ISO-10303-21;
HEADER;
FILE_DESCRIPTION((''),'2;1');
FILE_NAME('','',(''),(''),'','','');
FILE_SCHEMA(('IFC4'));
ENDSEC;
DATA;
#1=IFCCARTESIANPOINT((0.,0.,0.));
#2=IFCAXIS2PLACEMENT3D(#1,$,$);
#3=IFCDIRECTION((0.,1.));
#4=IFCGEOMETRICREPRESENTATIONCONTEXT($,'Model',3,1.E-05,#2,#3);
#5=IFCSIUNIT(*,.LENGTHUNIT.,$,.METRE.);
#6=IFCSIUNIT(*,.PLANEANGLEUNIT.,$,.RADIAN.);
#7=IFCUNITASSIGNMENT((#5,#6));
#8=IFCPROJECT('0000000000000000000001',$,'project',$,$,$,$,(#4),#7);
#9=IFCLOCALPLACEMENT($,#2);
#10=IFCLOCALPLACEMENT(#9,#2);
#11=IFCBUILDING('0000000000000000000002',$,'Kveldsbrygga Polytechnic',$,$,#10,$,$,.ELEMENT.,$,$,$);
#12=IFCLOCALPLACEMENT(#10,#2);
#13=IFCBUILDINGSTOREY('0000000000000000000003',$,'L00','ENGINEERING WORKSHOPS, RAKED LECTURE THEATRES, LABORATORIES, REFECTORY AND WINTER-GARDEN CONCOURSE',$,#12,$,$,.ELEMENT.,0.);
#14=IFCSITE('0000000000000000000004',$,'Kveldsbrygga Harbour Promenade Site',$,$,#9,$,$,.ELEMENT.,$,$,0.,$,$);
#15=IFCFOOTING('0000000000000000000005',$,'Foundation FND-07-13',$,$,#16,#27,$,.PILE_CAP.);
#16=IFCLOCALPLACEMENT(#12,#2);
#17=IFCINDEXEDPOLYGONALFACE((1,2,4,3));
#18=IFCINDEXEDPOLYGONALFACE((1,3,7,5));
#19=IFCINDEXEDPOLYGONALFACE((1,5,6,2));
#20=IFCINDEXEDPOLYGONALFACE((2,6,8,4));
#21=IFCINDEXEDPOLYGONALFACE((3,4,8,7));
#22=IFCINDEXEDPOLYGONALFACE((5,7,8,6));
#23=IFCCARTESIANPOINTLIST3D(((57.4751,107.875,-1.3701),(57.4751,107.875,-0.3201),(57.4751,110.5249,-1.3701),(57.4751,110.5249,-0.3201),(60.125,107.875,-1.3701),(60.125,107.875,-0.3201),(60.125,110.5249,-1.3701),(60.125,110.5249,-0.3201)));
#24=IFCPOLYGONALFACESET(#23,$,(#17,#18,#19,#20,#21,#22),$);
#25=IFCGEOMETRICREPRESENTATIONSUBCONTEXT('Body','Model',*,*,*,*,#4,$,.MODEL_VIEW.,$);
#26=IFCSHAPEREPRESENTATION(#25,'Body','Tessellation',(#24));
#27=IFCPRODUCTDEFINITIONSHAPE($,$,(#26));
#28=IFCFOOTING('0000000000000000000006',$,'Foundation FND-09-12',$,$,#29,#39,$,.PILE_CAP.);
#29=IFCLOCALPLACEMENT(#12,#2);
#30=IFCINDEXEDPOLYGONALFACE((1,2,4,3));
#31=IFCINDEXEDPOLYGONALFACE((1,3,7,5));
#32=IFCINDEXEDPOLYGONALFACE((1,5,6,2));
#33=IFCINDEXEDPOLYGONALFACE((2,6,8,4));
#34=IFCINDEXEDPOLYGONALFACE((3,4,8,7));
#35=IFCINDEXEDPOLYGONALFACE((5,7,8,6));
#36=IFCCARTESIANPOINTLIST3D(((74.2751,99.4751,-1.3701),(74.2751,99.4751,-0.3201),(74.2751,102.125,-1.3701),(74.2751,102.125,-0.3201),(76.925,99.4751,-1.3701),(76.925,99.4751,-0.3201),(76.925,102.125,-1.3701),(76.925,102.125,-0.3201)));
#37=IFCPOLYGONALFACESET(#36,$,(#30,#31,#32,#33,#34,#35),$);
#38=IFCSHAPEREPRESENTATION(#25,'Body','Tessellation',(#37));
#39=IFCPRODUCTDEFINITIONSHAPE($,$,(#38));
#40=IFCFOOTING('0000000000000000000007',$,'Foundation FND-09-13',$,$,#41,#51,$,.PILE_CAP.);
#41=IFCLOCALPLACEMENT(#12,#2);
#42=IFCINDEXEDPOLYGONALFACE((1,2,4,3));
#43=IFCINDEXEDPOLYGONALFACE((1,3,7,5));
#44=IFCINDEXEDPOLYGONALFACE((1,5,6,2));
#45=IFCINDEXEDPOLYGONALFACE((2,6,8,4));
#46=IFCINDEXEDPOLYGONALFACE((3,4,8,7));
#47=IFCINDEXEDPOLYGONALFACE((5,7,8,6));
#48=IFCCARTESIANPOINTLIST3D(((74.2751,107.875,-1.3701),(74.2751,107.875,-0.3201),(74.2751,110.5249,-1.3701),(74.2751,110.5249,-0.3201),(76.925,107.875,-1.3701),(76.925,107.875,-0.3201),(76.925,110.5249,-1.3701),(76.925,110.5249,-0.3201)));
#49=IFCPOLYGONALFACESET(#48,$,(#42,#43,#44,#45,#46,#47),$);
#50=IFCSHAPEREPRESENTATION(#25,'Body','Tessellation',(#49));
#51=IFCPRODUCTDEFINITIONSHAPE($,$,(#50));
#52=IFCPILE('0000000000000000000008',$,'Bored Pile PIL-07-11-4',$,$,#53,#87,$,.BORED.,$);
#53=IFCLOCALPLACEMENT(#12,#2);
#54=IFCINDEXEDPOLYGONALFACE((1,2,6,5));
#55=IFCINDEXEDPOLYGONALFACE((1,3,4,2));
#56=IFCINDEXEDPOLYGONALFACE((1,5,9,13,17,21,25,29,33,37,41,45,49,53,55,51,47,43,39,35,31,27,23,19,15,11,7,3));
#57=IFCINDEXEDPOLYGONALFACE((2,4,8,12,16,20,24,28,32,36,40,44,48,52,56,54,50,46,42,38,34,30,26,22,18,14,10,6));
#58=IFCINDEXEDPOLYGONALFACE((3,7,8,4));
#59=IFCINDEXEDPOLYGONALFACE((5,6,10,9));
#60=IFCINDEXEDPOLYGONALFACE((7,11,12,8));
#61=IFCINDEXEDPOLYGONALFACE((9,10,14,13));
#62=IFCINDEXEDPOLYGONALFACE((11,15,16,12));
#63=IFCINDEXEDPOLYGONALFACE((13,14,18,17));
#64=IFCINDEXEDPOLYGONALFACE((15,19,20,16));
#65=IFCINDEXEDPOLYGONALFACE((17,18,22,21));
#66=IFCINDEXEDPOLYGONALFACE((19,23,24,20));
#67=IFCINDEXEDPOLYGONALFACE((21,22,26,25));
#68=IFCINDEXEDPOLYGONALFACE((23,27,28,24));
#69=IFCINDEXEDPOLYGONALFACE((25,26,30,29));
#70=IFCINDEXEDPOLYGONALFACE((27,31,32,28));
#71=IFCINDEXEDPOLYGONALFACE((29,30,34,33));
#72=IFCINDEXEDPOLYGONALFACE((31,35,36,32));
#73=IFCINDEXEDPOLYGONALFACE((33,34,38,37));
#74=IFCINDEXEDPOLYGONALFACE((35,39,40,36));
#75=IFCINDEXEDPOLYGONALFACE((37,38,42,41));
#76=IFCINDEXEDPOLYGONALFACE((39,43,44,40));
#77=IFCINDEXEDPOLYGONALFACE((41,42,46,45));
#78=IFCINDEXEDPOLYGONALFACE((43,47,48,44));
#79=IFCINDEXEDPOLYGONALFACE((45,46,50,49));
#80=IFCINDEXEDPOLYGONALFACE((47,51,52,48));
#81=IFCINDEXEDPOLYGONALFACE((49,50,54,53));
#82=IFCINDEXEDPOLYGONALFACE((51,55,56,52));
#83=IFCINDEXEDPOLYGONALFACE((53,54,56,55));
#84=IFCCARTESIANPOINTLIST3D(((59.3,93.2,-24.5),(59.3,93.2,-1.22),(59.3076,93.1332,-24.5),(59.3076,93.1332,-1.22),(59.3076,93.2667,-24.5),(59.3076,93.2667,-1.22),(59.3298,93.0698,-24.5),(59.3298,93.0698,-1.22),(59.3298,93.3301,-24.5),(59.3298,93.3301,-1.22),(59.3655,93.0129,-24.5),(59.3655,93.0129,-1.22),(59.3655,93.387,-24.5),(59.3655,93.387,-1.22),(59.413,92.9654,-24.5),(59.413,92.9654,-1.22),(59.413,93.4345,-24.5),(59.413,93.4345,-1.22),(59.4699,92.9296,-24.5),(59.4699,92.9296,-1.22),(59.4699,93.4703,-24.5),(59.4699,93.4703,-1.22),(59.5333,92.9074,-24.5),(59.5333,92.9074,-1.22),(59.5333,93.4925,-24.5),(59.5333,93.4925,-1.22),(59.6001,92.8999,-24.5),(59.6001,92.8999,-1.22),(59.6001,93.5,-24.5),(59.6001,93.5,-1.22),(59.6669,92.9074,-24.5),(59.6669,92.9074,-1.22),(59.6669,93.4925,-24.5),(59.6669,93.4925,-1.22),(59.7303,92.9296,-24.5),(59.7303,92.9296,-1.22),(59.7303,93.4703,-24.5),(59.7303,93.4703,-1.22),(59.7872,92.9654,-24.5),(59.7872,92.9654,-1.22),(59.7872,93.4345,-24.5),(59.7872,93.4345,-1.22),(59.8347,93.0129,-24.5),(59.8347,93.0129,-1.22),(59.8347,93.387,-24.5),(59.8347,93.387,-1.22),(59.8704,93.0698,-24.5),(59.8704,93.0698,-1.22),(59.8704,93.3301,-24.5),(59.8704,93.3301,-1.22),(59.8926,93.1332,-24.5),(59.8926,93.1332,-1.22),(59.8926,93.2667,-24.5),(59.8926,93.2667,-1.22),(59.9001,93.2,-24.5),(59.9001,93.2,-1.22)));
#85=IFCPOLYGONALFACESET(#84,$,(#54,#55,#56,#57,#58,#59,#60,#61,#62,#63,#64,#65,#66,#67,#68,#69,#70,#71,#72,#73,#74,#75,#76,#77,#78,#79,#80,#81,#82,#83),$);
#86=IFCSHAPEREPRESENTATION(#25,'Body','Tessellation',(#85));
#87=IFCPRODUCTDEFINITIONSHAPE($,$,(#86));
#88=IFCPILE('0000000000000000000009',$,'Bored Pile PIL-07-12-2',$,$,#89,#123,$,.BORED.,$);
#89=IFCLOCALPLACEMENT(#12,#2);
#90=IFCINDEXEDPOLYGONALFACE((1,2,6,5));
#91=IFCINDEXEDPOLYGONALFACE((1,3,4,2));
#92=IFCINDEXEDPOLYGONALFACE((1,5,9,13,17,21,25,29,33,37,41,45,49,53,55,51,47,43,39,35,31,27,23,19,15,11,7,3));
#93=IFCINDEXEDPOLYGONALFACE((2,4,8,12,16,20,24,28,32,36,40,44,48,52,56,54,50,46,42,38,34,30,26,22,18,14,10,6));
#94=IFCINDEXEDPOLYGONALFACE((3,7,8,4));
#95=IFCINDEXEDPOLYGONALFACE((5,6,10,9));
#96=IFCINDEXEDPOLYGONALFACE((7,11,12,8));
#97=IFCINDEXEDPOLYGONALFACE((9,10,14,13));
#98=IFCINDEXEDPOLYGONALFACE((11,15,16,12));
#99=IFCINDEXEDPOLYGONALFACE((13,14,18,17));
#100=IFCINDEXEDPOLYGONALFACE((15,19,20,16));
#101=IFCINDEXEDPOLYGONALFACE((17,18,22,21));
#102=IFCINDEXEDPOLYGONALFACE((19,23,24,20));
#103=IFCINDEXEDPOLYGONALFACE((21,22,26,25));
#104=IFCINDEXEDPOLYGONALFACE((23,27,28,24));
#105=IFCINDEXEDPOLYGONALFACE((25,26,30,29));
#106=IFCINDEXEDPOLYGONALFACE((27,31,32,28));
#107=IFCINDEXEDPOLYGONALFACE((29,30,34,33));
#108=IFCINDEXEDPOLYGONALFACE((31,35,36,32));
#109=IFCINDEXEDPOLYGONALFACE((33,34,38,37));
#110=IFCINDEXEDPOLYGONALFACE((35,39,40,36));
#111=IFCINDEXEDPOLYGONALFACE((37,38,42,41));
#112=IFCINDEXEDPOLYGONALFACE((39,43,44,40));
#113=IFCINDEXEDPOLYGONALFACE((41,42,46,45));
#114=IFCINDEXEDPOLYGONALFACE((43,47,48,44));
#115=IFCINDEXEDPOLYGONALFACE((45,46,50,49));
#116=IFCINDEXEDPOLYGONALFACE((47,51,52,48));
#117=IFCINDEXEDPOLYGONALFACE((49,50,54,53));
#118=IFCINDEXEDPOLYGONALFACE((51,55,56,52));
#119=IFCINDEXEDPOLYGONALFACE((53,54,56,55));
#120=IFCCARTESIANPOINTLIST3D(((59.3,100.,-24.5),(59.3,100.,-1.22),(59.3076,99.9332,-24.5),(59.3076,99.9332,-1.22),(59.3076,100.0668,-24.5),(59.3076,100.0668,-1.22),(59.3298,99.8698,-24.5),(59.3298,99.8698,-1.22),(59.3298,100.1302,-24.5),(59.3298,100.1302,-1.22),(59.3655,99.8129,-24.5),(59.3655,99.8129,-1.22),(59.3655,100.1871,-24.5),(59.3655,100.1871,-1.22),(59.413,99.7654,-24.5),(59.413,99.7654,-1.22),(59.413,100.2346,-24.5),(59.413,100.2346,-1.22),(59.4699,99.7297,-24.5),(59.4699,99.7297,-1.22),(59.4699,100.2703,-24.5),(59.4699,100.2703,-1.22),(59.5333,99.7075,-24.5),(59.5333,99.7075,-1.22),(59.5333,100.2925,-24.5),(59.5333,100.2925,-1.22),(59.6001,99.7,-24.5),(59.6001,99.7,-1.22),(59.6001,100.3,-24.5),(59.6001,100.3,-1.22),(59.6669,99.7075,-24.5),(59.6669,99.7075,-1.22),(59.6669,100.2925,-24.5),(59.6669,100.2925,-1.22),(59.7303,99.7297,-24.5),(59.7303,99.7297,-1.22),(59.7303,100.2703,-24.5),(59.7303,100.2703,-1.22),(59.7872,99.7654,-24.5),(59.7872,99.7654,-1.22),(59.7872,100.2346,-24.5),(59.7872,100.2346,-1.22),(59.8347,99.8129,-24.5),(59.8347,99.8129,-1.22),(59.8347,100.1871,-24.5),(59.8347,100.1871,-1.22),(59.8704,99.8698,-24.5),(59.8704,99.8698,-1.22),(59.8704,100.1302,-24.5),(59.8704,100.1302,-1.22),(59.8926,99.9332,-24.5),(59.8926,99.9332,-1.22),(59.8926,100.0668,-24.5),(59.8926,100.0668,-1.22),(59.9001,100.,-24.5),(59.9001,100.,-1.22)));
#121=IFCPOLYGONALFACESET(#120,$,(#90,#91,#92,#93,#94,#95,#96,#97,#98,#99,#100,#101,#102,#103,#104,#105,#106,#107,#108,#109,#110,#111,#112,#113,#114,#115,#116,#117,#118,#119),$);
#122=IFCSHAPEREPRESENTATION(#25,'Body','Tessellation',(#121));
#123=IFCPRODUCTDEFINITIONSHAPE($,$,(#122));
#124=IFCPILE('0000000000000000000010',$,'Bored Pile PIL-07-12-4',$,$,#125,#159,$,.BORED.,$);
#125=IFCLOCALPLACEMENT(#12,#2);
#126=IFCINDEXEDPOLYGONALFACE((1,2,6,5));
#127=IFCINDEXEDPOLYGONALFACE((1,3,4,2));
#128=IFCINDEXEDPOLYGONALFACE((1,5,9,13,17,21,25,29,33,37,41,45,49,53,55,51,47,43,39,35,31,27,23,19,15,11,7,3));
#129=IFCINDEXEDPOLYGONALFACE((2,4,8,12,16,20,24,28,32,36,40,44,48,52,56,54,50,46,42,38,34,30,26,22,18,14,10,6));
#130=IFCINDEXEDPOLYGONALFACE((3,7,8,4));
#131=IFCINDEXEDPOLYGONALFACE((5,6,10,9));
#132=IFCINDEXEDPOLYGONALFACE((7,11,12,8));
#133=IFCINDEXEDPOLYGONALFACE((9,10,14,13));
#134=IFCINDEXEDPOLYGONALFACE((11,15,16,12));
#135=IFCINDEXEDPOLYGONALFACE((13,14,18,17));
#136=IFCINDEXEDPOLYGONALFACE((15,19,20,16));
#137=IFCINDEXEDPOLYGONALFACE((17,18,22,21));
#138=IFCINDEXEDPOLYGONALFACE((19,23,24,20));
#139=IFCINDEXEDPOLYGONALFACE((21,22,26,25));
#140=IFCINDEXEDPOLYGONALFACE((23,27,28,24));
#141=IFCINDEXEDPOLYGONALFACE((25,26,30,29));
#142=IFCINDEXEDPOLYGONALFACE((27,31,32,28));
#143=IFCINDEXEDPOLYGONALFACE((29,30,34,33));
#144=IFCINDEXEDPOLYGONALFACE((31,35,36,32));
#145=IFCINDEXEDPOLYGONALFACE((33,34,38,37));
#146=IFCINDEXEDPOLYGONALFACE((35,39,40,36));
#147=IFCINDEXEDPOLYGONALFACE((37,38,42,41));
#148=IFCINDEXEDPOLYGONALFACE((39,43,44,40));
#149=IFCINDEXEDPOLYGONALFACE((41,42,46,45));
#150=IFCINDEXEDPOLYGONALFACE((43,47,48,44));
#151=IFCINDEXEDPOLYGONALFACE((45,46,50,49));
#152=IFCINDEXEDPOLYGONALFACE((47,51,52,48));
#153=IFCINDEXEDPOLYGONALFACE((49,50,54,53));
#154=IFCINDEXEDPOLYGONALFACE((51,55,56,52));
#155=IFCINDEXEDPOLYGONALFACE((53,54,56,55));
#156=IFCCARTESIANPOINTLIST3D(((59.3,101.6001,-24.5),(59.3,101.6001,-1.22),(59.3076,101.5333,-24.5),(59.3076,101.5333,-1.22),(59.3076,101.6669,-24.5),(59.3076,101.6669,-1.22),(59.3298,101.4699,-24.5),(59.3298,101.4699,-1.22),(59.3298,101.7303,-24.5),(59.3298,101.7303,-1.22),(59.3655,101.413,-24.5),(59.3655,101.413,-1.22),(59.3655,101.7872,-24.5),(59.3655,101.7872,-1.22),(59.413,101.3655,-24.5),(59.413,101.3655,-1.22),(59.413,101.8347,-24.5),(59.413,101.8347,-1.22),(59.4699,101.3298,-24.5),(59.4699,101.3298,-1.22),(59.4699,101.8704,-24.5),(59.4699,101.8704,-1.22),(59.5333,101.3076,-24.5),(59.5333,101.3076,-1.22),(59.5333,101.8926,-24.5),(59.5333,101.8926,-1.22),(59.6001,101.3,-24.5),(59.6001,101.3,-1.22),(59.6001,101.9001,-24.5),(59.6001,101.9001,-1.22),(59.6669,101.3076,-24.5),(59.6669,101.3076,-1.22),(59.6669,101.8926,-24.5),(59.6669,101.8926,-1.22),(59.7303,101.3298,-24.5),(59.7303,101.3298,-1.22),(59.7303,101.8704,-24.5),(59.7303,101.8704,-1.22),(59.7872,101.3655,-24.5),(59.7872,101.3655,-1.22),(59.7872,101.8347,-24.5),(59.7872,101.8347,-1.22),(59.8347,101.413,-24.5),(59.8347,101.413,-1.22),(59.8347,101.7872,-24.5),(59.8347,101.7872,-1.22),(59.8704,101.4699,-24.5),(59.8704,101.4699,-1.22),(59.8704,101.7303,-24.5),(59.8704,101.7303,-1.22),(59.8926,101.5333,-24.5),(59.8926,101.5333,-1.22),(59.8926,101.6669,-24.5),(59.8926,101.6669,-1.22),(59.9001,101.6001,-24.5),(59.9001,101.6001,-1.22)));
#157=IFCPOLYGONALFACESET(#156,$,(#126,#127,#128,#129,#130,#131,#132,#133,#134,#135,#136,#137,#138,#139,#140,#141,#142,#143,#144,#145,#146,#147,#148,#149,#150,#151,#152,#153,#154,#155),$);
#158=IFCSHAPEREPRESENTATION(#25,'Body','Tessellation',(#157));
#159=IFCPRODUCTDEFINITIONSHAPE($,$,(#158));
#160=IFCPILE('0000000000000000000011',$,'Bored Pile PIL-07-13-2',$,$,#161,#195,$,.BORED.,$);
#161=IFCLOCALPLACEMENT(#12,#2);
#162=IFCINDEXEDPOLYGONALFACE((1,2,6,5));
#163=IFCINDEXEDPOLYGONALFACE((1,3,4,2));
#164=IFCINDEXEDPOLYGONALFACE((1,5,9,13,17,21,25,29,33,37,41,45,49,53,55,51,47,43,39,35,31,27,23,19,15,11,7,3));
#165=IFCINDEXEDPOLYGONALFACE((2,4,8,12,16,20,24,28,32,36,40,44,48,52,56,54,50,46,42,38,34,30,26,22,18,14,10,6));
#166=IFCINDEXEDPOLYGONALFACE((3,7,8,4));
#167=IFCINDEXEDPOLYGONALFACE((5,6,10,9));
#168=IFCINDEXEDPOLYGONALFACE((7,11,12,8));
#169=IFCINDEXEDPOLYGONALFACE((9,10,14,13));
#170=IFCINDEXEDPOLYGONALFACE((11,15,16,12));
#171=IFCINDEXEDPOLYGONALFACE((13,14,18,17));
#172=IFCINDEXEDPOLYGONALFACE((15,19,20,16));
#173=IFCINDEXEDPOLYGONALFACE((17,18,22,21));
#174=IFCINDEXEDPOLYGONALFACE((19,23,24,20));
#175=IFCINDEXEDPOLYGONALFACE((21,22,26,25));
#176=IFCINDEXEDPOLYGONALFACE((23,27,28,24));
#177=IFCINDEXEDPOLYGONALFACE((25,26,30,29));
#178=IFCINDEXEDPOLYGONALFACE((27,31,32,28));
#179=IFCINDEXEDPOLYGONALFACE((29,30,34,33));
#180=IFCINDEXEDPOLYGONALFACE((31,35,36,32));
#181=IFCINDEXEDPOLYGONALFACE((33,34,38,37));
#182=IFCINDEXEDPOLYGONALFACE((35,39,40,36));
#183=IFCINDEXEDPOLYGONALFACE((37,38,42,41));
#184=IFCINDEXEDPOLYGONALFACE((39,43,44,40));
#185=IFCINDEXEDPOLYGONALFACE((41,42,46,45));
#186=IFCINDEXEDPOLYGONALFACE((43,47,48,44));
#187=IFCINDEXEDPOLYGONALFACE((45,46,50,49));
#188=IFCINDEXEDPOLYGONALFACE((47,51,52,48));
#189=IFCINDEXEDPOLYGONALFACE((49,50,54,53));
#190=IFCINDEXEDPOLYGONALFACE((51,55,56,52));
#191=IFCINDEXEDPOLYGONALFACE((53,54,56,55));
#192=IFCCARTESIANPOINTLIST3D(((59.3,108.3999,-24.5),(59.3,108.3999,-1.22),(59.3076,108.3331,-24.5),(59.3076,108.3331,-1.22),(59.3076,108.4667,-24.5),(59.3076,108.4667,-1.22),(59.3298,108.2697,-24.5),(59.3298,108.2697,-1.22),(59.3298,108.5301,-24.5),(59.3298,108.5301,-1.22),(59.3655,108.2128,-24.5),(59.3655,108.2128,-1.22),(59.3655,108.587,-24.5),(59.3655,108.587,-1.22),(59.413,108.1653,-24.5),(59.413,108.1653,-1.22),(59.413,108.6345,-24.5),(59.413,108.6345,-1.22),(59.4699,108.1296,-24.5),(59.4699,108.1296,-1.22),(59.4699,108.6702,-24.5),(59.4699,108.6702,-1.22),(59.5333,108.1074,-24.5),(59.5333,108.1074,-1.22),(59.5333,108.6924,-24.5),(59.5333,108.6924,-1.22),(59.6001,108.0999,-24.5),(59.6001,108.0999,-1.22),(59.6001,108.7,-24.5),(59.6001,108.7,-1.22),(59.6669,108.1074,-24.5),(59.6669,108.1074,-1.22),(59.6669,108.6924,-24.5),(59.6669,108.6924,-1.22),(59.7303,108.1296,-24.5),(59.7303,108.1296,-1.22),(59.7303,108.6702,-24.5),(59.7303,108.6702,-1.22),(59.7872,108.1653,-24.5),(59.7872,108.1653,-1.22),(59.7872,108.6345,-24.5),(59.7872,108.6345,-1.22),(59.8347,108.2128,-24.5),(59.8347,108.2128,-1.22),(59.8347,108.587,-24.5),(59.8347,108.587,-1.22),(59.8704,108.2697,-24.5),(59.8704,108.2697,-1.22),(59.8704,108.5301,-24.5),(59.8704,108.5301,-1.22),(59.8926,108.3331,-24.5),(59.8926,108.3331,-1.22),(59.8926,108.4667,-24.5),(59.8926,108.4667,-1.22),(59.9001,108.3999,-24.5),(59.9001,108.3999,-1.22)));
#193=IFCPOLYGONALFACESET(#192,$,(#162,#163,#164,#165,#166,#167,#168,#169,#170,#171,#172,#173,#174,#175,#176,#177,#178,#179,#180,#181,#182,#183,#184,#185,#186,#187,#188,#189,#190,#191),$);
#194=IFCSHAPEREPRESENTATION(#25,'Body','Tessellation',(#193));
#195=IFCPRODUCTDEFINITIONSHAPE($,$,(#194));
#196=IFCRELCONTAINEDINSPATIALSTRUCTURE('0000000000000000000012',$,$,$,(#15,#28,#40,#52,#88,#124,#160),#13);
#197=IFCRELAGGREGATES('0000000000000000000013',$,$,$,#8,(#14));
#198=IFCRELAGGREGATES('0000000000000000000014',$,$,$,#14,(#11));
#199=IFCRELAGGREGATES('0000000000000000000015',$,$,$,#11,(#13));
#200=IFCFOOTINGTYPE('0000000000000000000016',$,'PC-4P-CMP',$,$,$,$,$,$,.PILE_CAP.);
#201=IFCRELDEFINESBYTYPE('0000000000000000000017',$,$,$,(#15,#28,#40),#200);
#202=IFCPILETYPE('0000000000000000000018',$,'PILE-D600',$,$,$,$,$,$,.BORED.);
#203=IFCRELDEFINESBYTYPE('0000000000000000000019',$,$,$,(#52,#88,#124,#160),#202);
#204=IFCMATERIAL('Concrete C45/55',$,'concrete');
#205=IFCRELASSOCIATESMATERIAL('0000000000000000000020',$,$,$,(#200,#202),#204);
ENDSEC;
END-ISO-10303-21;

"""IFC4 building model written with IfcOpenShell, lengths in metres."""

from ifc_helpers import new_model, si_unit, direction, frame, origin, origin_2d, place, context, subcontext, project, spatial, rectangle, circle, extrude, material, material_profile, profile_set, type_object, element, save


model = new_model("IFC4")

# Units and contexts
model_context = context("Model", 3, precision=1e-05, world=origin(), true_north=direction((0.0, 1.0)))
body_context = subcontext(model_context, "Body", "Model", "MODEL_VIEW")
ifc_project = project(units=[si_unit("LENGTHUNIT", "METRE"), si_unit("PLANEANGLEUNIT", "RADIAN")], contexts=[model_context])

# Site, building, storey
site_placement = place(None, origin())
site = spatial("IfcSite", under=ifc_project, at=site_placement, Name="Kveldsbrygga Harbour Promenade Site", CompositionType="ELEMENT", RefElevation=0.0)
building_placement = place(site_placement, origin())
building = spatial("IfcBuilding", under=site, at=building_placement, Name="Kveldsbrygga Polytechnic", CompositionType="ELEMENT")
storey_placement = place(building_placement, origin())
storey = spatial("IfcBuildingStorey", under=building, at=storey_placement, Name="L00", Description="ENGINEERING WORKSHOPS, RAKED LECTURE THEATRES, LABORATORIES, REFECTORY AND WINTER-GARDEN CONCOURSE", CompositionType="ELEMENT", Elevation=0.0)

# Footings
ifc_material_1 = material(Name="Concrete C45/55", Category="concrete")
footing_type = type_object("IfcFootingType", Name="PC-4P-CMP", PredefinedType="PILE_CAP", material=ifc_material_1)
for number, where, z_axis, x_axis, name in (
    (1, (58.8, 109.2, -1.3701), (0.0, 0.0, 1.0), (1.0, 0.0, 0.0), "Foundation FND-07-13"),
    (2, (75.6001, 100.8, -1.3701), (0.0, 0.0, 1.0), (1.0, 0.0, 0.0), "Foundation FND-09-12"),
    (3, (75.6001, 109.2, -1.3701), (0.0, 0.0, 1.0), (1.0, 0.0, 0.0), "Foundation FND-09-13"),
):
    element("IfcFooting", number, at=place(storey_placement, frame(where, z_axis=z_axis, x_axis=x_axis)), inside=storey, type_object=footing_type, Name=name, PredefinedType="PILE_CAP", context=body_context, shape_type="SweptSolid", body=[
        extrude(rectangle(XDim=2.6499, YDim=2.6499, at=origin_2d()), origin(), (0.0, 0.0, 1.0), 1.05),
    ])

# Piles
ifc_material_profile_1 = material_profile(ifc_material_1, circle(Radius=0.3, at=origin_2d()), Name="PILE D600")
ifc_profile_set_1 = profile_set([ifc_material_profile_1], Name="Concrete C45/55")
pile_type = type_object("IfcPileType", Name="PILE-D600", PredefinedType="BORED", material=ifc_profile_set_1)
for number, where, z_axis, x_axis, name in (
    (4, (59.6001, 93.2, -1.22), (0.0, 0.0, -1.0), (1.0, 0.0, 0.0), "Bored Pile PIL-07-11-4"),
    (5, (59.6001, 100.0, -1.22), (0.0, 0.0, -1.0), (1.0, 0.0, 0.0), "Bored Pile PIL-07-12-2"),
    (6, (59.6001, 101.6001, -1.22), (0.0, 0.0, -1.0), (1.0, 0.0, 0.0), "Bored Pile PIL-07-12-4"),
    (7, (59.6001, 108.3999, -1.22), (0.0, 0.0, -1.0), (1.0, 0.0, 0.0), "Bored Pile PIL-07-13-2"),
):
    element("IfcPile", number, at=place(storey_placement, frame(where, z_axis=z_axis, x_axis=x_axis)), inside=storey, type_object=pile_type, Name=name, PredefinedType="BORED", context=body_context, shape_type="SweptSolid", body=[
        extrude(circle(Radius=0.3, at=origin_2d()), origin(), (0.0, 0.0, 1.0), 23.28),
    ])

save(model, "model.ifc")
